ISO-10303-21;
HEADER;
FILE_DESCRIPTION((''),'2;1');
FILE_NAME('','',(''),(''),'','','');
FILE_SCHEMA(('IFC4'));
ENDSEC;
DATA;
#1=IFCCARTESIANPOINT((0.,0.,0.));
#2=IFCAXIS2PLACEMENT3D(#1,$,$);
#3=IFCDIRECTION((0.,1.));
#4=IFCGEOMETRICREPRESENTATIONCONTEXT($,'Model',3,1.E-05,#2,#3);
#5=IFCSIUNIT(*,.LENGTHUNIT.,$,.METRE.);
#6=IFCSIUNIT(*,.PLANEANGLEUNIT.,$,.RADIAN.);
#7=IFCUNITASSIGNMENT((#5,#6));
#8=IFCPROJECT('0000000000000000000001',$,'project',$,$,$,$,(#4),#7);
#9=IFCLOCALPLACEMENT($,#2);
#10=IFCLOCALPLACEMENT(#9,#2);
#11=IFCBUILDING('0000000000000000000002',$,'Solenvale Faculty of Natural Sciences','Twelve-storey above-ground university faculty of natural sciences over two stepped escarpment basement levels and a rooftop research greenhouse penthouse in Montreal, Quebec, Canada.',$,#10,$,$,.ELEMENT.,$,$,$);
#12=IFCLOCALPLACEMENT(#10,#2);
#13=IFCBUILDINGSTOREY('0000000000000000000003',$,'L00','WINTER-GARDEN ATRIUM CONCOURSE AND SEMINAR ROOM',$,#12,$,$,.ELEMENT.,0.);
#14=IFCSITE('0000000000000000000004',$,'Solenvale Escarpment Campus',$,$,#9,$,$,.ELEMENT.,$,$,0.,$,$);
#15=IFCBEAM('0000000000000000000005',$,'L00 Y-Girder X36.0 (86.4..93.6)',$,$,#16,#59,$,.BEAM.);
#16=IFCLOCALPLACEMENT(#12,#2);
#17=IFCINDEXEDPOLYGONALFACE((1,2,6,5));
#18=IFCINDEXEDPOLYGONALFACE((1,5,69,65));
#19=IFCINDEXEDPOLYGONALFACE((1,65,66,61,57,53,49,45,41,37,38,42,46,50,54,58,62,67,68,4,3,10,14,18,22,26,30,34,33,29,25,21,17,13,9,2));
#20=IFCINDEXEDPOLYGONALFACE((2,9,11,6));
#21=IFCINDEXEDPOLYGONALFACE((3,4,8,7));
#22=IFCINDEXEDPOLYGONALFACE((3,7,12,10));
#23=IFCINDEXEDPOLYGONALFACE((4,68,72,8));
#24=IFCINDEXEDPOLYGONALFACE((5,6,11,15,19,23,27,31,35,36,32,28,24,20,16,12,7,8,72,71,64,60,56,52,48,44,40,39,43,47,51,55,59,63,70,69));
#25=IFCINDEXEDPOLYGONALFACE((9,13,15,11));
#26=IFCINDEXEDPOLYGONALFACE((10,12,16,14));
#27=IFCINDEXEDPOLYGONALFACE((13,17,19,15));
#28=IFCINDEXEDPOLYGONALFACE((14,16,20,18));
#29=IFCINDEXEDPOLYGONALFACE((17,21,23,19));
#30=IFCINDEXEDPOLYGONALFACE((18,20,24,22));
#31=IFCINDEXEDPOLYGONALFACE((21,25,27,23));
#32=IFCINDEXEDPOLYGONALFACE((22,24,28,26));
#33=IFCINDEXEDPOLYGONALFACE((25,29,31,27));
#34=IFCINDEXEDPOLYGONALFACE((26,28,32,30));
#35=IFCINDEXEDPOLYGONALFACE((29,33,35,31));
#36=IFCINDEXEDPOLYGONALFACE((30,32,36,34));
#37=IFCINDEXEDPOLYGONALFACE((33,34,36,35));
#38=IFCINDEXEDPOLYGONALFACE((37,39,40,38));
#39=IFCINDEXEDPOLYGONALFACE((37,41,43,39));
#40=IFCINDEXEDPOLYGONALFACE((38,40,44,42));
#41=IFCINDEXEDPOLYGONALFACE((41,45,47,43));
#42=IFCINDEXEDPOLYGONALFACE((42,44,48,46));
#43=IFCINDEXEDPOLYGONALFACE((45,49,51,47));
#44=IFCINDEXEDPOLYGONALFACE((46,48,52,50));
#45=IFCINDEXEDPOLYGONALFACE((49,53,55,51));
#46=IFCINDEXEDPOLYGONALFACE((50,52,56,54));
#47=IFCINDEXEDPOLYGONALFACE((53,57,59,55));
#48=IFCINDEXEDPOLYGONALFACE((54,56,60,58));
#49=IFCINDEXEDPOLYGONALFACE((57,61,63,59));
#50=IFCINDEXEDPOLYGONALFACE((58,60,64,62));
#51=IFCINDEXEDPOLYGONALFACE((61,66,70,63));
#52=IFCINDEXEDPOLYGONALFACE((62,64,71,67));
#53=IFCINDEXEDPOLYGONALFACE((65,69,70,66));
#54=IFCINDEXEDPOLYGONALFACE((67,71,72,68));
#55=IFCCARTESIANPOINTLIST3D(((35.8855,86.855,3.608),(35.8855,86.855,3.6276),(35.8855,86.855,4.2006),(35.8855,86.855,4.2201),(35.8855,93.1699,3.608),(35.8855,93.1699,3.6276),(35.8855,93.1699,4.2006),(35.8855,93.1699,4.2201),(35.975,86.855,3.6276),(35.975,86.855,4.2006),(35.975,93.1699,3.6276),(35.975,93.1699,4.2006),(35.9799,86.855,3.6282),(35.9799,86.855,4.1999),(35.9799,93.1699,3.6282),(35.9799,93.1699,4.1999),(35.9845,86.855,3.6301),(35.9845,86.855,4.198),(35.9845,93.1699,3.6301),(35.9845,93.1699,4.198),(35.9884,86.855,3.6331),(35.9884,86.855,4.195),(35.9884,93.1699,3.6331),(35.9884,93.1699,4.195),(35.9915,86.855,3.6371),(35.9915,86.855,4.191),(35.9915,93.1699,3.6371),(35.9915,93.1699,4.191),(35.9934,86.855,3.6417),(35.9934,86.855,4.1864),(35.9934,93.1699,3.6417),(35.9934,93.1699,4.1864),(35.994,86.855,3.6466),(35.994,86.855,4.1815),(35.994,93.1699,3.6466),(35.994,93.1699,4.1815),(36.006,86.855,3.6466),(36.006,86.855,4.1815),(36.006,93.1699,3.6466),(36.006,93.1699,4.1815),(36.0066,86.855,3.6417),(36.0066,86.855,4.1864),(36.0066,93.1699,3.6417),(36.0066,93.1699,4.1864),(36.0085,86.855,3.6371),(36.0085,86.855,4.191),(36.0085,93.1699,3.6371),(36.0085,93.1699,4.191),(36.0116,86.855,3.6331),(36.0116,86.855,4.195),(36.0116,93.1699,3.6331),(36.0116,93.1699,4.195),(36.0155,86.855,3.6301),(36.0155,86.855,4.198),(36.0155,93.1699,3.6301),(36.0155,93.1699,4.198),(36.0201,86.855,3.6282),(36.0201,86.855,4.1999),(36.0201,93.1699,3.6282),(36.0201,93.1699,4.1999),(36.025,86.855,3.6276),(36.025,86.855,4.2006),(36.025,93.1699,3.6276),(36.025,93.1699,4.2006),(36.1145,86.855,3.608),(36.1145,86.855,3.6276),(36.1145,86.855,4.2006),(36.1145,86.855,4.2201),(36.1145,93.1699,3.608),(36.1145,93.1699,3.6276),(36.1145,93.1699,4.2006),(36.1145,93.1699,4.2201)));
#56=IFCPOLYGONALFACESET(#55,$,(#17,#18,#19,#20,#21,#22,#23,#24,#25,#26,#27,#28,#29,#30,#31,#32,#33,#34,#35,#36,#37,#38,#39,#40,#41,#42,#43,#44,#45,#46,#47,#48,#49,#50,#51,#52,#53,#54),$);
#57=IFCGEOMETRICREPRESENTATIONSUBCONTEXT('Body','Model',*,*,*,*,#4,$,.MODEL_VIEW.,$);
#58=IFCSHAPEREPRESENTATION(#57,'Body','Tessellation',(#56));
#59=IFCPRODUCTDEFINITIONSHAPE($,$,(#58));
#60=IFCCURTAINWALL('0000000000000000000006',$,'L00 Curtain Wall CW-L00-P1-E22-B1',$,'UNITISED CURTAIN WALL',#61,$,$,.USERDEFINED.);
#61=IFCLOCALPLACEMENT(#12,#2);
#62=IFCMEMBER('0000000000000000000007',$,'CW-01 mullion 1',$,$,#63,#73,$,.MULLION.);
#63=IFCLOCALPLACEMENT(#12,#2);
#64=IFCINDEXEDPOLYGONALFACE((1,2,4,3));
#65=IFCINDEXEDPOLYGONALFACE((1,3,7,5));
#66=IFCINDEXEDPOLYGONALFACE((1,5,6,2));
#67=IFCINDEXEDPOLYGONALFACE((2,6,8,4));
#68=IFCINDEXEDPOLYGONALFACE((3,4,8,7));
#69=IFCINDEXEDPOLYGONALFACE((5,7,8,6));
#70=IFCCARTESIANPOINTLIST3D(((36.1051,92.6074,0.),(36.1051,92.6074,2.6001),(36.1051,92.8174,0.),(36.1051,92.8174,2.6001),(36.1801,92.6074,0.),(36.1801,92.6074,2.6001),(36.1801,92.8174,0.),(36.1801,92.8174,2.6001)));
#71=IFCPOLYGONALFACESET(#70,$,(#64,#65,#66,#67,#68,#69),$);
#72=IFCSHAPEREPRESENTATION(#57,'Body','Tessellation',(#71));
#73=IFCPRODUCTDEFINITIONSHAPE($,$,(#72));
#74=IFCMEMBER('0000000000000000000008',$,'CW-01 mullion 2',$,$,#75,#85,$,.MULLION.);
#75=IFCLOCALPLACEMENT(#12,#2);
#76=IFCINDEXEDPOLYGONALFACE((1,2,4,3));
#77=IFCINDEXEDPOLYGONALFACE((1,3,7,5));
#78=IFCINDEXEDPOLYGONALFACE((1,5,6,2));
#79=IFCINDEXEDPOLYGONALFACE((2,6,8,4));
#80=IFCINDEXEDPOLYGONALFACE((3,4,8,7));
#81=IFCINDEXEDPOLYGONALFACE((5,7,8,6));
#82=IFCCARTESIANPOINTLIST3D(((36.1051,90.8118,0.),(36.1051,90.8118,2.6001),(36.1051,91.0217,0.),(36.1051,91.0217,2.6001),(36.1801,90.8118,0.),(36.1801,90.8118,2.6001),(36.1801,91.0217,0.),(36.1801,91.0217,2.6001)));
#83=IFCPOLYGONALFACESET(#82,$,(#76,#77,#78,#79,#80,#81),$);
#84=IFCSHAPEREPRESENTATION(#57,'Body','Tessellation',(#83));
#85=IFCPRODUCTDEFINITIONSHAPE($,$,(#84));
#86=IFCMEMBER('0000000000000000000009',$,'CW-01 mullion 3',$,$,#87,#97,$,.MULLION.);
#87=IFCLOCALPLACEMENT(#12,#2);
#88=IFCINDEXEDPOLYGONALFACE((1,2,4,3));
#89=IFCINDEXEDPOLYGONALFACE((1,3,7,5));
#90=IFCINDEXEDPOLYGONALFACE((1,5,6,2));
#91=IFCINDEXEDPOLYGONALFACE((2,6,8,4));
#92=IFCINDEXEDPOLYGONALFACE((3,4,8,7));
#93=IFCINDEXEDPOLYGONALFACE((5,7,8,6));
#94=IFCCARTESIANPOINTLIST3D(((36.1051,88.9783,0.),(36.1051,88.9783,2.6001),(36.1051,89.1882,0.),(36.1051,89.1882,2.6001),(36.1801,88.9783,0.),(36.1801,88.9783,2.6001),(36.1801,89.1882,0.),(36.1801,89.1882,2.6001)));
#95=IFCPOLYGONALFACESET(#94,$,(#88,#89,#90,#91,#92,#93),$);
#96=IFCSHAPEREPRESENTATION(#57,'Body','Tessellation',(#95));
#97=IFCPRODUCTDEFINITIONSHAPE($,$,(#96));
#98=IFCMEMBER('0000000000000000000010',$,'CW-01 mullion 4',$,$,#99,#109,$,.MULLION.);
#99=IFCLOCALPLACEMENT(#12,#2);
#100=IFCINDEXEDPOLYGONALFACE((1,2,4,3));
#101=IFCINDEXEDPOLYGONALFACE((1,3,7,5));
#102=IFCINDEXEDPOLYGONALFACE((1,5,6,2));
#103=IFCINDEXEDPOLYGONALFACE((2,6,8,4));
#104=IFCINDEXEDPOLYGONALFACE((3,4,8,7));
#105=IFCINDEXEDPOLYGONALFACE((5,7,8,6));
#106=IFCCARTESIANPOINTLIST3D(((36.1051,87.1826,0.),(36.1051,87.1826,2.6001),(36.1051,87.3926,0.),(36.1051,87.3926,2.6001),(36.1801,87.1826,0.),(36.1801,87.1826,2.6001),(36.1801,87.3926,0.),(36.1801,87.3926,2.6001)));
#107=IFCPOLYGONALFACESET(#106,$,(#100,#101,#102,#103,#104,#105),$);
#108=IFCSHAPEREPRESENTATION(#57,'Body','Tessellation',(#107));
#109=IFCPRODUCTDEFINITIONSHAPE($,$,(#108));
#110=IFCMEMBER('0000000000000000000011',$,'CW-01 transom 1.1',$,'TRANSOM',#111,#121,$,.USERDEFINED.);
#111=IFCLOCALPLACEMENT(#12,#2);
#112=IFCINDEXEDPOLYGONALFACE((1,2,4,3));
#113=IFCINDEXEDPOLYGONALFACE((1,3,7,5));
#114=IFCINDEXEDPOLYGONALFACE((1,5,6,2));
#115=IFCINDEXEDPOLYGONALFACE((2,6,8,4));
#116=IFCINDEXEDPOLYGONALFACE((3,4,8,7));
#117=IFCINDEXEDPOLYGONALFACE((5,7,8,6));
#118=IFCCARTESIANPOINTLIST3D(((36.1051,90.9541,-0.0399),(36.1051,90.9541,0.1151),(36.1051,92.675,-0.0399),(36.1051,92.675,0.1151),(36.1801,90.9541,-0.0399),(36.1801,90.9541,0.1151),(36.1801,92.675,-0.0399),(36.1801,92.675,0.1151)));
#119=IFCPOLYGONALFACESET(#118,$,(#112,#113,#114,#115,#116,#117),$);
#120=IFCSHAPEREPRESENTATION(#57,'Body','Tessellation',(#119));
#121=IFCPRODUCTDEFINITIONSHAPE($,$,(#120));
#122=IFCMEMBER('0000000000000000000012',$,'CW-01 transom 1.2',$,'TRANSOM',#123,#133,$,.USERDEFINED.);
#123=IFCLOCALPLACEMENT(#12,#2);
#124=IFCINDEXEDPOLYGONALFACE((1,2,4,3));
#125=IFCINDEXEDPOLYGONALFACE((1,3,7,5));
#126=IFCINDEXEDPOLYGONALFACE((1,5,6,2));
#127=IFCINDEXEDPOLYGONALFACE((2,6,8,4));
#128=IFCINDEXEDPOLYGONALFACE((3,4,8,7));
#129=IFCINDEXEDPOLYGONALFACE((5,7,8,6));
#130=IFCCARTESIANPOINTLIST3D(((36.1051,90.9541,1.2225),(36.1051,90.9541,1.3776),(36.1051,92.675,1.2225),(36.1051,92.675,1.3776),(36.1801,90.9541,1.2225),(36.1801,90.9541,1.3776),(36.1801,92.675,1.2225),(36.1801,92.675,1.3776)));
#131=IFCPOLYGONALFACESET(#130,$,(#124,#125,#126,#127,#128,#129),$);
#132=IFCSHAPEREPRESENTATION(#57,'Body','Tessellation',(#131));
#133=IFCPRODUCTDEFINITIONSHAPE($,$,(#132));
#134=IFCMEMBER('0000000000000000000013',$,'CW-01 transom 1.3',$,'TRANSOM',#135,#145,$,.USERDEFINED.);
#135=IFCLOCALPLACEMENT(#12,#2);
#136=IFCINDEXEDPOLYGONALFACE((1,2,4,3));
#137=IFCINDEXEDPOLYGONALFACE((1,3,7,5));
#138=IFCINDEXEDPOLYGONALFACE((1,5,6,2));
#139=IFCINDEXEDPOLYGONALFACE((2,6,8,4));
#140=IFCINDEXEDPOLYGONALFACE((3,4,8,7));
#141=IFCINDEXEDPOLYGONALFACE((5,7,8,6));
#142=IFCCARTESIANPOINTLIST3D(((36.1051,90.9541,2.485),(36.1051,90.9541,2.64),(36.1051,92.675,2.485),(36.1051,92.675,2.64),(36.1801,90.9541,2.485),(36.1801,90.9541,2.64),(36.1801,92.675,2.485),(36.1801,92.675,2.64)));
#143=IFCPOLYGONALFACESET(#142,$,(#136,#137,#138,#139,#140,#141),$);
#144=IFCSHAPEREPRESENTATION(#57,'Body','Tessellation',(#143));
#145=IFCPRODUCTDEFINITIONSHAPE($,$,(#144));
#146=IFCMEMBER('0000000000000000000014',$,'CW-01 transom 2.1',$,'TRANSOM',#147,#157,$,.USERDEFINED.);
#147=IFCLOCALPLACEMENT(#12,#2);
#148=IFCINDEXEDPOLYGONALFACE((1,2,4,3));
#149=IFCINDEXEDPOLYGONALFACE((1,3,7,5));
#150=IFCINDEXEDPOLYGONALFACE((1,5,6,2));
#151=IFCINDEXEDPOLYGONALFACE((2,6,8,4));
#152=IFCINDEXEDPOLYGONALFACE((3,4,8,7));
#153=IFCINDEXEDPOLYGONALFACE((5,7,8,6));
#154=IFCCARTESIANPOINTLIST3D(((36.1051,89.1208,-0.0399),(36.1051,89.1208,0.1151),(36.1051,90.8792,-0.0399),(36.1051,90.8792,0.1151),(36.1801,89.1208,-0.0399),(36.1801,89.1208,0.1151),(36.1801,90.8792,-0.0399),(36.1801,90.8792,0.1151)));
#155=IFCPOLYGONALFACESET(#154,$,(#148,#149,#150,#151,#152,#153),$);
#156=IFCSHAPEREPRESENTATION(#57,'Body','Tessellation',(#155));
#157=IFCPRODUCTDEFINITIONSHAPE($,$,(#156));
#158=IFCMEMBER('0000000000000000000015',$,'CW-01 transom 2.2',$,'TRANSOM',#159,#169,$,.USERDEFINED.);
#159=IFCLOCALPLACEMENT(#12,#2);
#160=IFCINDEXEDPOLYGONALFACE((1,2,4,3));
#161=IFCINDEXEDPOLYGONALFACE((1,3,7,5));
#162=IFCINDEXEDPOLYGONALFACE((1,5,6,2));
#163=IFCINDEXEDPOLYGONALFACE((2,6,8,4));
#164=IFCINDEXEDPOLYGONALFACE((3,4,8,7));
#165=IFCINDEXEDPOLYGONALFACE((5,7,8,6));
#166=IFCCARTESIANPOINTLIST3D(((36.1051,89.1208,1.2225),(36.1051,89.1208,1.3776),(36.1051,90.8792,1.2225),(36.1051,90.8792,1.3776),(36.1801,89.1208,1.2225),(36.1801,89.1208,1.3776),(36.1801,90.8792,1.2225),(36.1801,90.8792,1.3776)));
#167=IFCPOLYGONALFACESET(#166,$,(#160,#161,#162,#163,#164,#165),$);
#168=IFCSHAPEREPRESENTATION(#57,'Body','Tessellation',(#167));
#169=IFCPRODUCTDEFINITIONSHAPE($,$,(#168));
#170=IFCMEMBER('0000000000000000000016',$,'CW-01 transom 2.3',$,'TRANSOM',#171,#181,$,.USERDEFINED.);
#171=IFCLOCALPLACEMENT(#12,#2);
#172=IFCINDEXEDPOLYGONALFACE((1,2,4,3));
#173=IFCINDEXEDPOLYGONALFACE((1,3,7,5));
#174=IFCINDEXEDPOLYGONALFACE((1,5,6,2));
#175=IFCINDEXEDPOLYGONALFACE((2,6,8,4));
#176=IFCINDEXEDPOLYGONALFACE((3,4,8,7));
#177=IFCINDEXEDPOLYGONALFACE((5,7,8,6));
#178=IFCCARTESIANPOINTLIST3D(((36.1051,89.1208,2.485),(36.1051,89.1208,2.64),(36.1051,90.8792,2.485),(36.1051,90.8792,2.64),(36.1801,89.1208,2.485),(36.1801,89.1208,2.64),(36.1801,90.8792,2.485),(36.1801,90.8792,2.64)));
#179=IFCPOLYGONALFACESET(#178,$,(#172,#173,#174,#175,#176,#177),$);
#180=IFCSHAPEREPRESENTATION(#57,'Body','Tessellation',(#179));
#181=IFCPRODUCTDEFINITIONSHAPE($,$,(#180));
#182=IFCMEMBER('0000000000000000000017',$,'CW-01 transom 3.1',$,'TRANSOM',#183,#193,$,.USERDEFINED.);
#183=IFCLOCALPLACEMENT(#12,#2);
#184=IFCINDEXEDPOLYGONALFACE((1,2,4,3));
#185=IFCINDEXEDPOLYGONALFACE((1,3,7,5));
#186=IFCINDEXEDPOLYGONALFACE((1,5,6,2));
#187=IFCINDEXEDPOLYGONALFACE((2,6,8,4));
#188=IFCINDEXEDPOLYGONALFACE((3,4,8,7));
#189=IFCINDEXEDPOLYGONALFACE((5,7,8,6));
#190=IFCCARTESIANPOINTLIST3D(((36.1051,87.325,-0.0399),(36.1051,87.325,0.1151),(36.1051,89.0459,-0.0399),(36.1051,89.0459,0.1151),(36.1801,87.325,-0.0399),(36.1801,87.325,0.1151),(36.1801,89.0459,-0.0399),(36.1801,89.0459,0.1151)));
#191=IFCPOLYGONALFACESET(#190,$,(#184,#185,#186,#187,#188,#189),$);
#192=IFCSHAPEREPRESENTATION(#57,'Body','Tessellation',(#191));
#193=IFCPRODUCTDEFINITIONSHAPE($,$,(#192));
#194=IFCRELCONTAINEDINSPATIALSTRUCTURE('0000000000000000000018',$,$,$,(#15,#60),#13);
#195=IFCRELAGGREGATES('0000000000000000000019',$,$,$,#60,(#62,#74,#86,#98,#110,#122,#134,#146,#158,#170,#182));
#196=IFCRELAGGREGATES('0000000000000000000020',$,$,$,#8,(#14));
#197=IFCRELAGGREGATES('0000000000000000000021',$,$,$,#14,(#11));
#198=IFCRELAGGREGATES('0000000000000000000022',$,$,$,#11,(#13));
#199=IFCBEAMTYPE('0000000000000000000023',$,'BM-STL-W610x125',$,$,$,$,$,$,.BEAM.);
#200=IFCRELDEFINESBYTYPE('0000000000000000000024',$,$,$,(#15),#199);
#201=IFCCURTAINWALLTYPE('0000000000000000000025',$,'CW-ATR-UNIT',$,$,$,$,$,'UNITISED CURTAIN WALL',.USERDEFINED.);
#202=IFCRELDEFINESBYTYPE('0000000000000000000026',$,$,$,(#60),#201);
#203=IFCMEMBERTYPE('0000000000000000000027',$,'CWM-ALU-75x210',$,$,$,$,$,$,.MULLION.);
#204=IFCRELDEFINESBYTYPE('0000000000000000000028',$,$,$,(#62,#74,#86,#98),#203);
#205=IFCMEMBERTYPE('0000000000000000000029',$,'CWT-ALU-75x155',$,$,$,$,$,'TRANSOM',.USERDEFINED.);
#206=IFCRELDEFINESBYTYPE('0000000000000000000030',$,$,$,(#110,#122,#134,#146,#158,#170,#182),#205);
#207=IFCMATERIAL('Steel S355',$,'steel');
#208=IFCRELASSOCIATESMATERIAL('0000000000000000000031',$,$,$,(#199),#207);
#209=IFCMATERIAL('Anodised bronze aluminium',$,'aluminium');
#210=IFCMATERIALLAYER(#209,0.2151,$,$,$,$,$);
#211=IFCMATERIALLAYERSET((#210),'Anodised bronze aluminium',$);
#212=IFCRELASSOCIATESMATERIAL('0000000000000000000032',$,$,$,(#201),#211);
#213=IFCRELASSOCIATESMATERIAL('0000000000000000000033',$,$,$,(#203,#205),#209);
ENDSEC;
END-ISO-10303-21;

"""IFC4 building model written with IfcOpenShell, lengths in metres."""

from ifc_helpers import new_model, si_unit, direction, frame, origin, origin_2d, place, context, subcontext, project, spatial, rectangle, i_section, extrude, material, layer, layer_set, material_profile, profile_set, type_object, element, aggregate, save


model = new_model("IFC4")

# Units and contexts
model_context = context("Model", 3, precision=1e-05, world=origin(), true_north=direction((0.0, 1.0)))
body_context = subcontext(model_context, "Body", "Model", "MODEL_VIEW")
ifc_project = project(units=[si_unit("LENGTHUNIT", "METRE"), si_unit("PLANEANGLEUNIT", "RADIAN")], contexts=[model_context])

# Site, building, storey
site_placement = place(None, origin())
site = spatial("IfcSite", under=ifc_project, at=site_placement, Name="Solenvale Escarpment Campus", CompositionType="ELEMENT", RefElevation=0.0)
building_placement = place(site_placement, origin())
building = spatial("IfcBuilding", under=site, at=building_placement, Name="Solenvale Faculty of Natural Sciences", Description="Twelve-storey above-ground university faculty of natural sciences over two stepped escarpment basement levels and a rooftop research greenhouse penthouse in Montreal, Quebec, Canada.", CompositionType="ELEMENT")
storey_placement = place(building_placement, origin())
storey = spatial("IfcBuildingStorey", under=building, at=storey_placement, Name="L00", Description="WINTER-GARDEN ATRIUM CONCOURSE AND SEMINAR ROOM", CompositionType="ELEMENT", Elevation=0.0)

# Beam
ifc_material_1 = material(Name="Steel S355", Category="steel")
ifc_material_profile_1 = material_profile(ifc_material_1, i_section(OverallWidth=0.229, OverallDepth=0.6121, WebThickness=0.012, FlangeThickness=0.0195, FilletRadius=0.019, at=origin_2d()), Name="W610x125")
ifc_profile_set_1 = profile_set([ifc_material_profile_1], Name="Steel S355")
beam_type_1 = type_object("IfcBeamType", Name="BM-STL-W610x125", PredefinedType="BEAM", material=ifc_profile_set_1)
beam_1_placement = place(storey_placement, frame((36.0, 86.855, 3.9141), z_axis=(0.0, 1.0, 0.0), x_axis=(-1.0, 0.0, 0.0)))
element("IfcBeam", 1, at=beam_1_placement, inside=storey, type_object=beam_type_1, Name="L00 Y-Girder X36.0 (86.4..93.6)", PredefinedType="BEAM", context=body_context, shape_type="SweptSolid", body=[
    extrude(i_section(OverallWidth=0.229, OverallDepth=0.6121, WebThickness=0.012, FlangeThickness=0.0195, FilletRadius=0.019, at=origin_2d()), origin(), (0.0, 0.0, 1.0), 6.3149),
])

# Curtain wall, members
ifc_material_2 = material(Name="Anodised bronze aluminium", Category="aluminium")
ifc_layer_1 = layer(ifc_material_2, 0.2151)
ifc_layer_set_1 = layer_set([ifc_layer_1], Name="Anodised bronze aluminium")
curtain_wall_type = type_object("IfcCurtainWallType", Name="CW-ATR-UNIT", ElementType="UNITISED CURTAIN WALL", PredefinedType="USERDEFINED", material=ifc_layer_set_1)
curtain_wall_placement = place(storey_placement, origin())
curtain_wall = element("IfcCurtainWall", 2, at=curtain_wall_placement, inside=storey, type_object=curtain_wall_type, Name="L00 Curtain Wall CW-L00-P1-E22-B1", ObjectType="UNITISED CURTAIN WALL", PredefinedType="USERDEFINED")
ifc_material_profile_2 = material_profile(ifc_material_2, rectangle(XDim=0.075, YDim=0.21, at=origin_2d()), Name="ALU-MUL-75x210")
ifc_profile_set_2 = profile_set([ifc_material_profile_2], Name="Anodised bronze aluminium")
member_type_1 = type_object("IfcMemberType", Name="CWM-ALU-75x210", PredefinedType="MULLION", material=ifc_profile_set_2)
member_1_placement = place(storey_placement, frame((36.1426, 92.7124, 0.0), z_axis=(0.0, 0.0, 1.0), x_axis=(1.0, 0.0, 0.0)))
member_1 = element("IfcMember", 3, at=member_1_placement, type_object=member_type_1, Name="CW-01 mullion 1", PredefinedType="MULLION", context=body_context, shape_type="SweptSolid", body=[
    extrude(rectangle(XDim=0.075, YDim=0.21, at=origin_2d()), origin(), (0.0, 0.0, 1.0), 2.6001),
])
member_2_placement = place(storey_placement, frame((36.1426, 90.9167, 0.0), z_axis=(0.0, 0.0, 1.0), x_axis=(1.0, 0.0, 0.0)))
member_2 = element("IfcMember", 4, at=member_2_placement, type_object=member_type_1, Name="CW-01 mullion 2", PredefinedType="MULLION", context=body_context, shape_type="SweptSolid", body=[
    extrude(rectangle(XDim=0.075, YDim=0.21, at=origin_2d()), origin(), (0.0, 0.0, 1.0), 2.6001),
])
member_3_placement = place(storey_placement, frame((36.1426, 89.0833, 0.0), z_axis=(0.0, 0.0, 1.0), x_axis=(1.0, 0.0, 0.0)))
member_3 = element("IfcMember", 5, at=member_3_placement, type_object=member_type_1, Name="CW-01 mullion 3", PredefinedType="MULLION", context=body_context, shape_type="SweptSolid", body=[
    extrude(rectangle(XDim=0.075, YDim=0.21, at=origin_2d()), origin(), (0.0, 0.0, 1.0), 2.6001),
])
member_4_placement = place(storey_placement, frame((36.1426, 87.2876, 0.0), z_axis=(0.0, 0.0, 1.0), x_axis=(1.0, 0.0, 0.0)))
member_4 = element("IfcMember", 6, at=member_4_placement, type_object=member_type_1, Name="CW-01 mullion 4", PredefinedType="MULLION", context=body_context, shape_type="SweptSolid", body=[
    extrude(rectangle(XDim=0.075, YDim=0.21, at=origin_2d()), origin(), (0.0, 0.0, 1.0), 2.6001),
])
ifc_material_profile_3 = material_profile(ifc_material_2, rectangle(XDim=0.075, YDim=0.155, at=origin_2d()), Name="ALU-TRN-75x155")
ifc_profile_set_3 = profile_set([ifc_material_profile_3], Name="Anodised bronze aluminium")
member_type_2 = type_object("IfcMemberType", Name="CWT-ALU-75x155", ElementType="TRANSOM", PredefinedType="USERDEFINED", material=ifc_profile_set_3)
member_5_placement = place(storey_placement, frame((36.1426, 92.675, 0.0376), z_axis=(0.0, -1.0, 0.0), x_axis=(1.0, 0.0, 0.0)))
member_5 = element("IfcMember", 7, at=member_5_placement, type_object=member_type_2, Name="CW-01 transom 1.1", ObjectType="TRANSOM", PredefinedType="USERDEFINED", context=body_context, shape_type="SweptSolid", body=[
    extrude(rectangle(XDim=0.075, YDim=0.155, at=origin_2d()), origin(), (0.0, 0.0, 1.0), 1.7209),
])
member_6_placement = place(storey_placement, frame((36.1426, 92.675, 1.3), z_axis=(0.0, -1.0, 0.0), x_axis=(1.0, 0.0, 0.0)))
member_6 = element("IfcMember", 8, at=member_6_placement, type_object=member_type_2, Name="CW-01 transom 1.2", ObjectType="TRANSOM", PredefinedType="USERDEFINED", context=body_context, shape_type="SweptSolid", body=[
    extrude(rectangle(XDim=0.075, YDim=0.155, at=origin_2d()), origin(), (0.0, 0.0, 1.0), 1.7209),
])
member_7_placement = place(storey_placement, frame((36.1426, 92.675, 2.5625), z_axis=(0.0, -1.0, 0.0), x_axis=(1.0, 0.0, 0.0)))
member_7 = element("IfcMember", 9, at=member_7_placement, type_object=member_type_2, Name="CW-01 transom 1.3", ObjectType="TRANSOM", PredefinedType="USERDEFINED", context=body_context, shape_type="SweptSolid", body=[
    extrude(rectangle(XDim=0.075, YDim=0.155, at=origin_2d()), origin(), (0.0, 0.0, 1.0), 1.7209),
])
member_8_placement = place(storey_placement, frame((36.1426, 90.8792, 0.0376), z_axis=(0.0, -1.0, 0.0), x_axis=(1.0, 0.0, 0.0)))
member_8 = element("IfcMember", 10, at=member_8_placement, type_object=member_type_2, Name="CW-01 transom 2.1", ObjectType="TRANSOM", PredefinedType="USERDEFINED", context=body_context, shape_type="SweptSolid", body=[
    extrude(rectangle(XDim=0.075, YDim=0.155, at=origin_2d()), origin(), (0.0, 0.0, 1.0), 1.7583),
])
member_9_placement = place(storey_placement, frame((36.1426, 90.8792, 1.3), z_axis=(0.0, -1.0, 0.0), x_axis=(1.0, 0.0, 0.0)))
member_9 = element("IfcMember", 11, at=member_9_placement, type_object=member_type_2, Name="CW-01 transom 2.2", ObjectType="TRANSOM", PredefinedType="USERDEFINED", context=body_context, shape_type="SweptSolid", body=[
    extrude(rectangle(XDim=0.075, YDim=0.155, at=origin_2d()), origin(), (0.0, 0.0, 1.0), 1.7583),
])
member_10_placement = place(storey_placement, frame((36.1426, 90.8792, 2.5625), z_axis=(0.0, -1.0, 0.0), x_axis=(1.0, 0.0, 0.0)))
member_10 = element("IfcMember", 12, at=member_10_placement, type_object=member_type_2, Name="CW-01 transom 2.3", ObjectType="TRANSOM", PredefinedType="USERDEFINED", context=body_context, shape_type="SweptSolid", body=[
    extrude(rectangle(XDim=0.075, YDim=0.155, at=origin_2d()), origin(), (0.0, 0.0, 1.0), 1.7583),
])
member_11_placement = place(storey_placement, frame((36.1426, 89.0459, 0.0376), z_axis=(0.0, -1.0, 0.0), x_axis=(1.0, 0.0, 0.0)))
member_11 = element("IfcMember", 13, at=member_11_placement, type_object=member_type_2, Name="CW-01 transom 3.1", ObjectType="TRANSOM", PredefinedType="USERDEFINED", context=body_context, shape_type="SweptSolid", body=[
    extrude(rectangle(XDim=0.075, YDim=0.155, at=origin_2d()), origin(), (0.0, 0.0, 1.0), 1.7209),
])
aggregate(curtain_wall, [member_1, member_2, member_3, member_4, member_5, member_6, member_7, member_8, member_9, member_10, member_11])

save(model, "model.ifc")
